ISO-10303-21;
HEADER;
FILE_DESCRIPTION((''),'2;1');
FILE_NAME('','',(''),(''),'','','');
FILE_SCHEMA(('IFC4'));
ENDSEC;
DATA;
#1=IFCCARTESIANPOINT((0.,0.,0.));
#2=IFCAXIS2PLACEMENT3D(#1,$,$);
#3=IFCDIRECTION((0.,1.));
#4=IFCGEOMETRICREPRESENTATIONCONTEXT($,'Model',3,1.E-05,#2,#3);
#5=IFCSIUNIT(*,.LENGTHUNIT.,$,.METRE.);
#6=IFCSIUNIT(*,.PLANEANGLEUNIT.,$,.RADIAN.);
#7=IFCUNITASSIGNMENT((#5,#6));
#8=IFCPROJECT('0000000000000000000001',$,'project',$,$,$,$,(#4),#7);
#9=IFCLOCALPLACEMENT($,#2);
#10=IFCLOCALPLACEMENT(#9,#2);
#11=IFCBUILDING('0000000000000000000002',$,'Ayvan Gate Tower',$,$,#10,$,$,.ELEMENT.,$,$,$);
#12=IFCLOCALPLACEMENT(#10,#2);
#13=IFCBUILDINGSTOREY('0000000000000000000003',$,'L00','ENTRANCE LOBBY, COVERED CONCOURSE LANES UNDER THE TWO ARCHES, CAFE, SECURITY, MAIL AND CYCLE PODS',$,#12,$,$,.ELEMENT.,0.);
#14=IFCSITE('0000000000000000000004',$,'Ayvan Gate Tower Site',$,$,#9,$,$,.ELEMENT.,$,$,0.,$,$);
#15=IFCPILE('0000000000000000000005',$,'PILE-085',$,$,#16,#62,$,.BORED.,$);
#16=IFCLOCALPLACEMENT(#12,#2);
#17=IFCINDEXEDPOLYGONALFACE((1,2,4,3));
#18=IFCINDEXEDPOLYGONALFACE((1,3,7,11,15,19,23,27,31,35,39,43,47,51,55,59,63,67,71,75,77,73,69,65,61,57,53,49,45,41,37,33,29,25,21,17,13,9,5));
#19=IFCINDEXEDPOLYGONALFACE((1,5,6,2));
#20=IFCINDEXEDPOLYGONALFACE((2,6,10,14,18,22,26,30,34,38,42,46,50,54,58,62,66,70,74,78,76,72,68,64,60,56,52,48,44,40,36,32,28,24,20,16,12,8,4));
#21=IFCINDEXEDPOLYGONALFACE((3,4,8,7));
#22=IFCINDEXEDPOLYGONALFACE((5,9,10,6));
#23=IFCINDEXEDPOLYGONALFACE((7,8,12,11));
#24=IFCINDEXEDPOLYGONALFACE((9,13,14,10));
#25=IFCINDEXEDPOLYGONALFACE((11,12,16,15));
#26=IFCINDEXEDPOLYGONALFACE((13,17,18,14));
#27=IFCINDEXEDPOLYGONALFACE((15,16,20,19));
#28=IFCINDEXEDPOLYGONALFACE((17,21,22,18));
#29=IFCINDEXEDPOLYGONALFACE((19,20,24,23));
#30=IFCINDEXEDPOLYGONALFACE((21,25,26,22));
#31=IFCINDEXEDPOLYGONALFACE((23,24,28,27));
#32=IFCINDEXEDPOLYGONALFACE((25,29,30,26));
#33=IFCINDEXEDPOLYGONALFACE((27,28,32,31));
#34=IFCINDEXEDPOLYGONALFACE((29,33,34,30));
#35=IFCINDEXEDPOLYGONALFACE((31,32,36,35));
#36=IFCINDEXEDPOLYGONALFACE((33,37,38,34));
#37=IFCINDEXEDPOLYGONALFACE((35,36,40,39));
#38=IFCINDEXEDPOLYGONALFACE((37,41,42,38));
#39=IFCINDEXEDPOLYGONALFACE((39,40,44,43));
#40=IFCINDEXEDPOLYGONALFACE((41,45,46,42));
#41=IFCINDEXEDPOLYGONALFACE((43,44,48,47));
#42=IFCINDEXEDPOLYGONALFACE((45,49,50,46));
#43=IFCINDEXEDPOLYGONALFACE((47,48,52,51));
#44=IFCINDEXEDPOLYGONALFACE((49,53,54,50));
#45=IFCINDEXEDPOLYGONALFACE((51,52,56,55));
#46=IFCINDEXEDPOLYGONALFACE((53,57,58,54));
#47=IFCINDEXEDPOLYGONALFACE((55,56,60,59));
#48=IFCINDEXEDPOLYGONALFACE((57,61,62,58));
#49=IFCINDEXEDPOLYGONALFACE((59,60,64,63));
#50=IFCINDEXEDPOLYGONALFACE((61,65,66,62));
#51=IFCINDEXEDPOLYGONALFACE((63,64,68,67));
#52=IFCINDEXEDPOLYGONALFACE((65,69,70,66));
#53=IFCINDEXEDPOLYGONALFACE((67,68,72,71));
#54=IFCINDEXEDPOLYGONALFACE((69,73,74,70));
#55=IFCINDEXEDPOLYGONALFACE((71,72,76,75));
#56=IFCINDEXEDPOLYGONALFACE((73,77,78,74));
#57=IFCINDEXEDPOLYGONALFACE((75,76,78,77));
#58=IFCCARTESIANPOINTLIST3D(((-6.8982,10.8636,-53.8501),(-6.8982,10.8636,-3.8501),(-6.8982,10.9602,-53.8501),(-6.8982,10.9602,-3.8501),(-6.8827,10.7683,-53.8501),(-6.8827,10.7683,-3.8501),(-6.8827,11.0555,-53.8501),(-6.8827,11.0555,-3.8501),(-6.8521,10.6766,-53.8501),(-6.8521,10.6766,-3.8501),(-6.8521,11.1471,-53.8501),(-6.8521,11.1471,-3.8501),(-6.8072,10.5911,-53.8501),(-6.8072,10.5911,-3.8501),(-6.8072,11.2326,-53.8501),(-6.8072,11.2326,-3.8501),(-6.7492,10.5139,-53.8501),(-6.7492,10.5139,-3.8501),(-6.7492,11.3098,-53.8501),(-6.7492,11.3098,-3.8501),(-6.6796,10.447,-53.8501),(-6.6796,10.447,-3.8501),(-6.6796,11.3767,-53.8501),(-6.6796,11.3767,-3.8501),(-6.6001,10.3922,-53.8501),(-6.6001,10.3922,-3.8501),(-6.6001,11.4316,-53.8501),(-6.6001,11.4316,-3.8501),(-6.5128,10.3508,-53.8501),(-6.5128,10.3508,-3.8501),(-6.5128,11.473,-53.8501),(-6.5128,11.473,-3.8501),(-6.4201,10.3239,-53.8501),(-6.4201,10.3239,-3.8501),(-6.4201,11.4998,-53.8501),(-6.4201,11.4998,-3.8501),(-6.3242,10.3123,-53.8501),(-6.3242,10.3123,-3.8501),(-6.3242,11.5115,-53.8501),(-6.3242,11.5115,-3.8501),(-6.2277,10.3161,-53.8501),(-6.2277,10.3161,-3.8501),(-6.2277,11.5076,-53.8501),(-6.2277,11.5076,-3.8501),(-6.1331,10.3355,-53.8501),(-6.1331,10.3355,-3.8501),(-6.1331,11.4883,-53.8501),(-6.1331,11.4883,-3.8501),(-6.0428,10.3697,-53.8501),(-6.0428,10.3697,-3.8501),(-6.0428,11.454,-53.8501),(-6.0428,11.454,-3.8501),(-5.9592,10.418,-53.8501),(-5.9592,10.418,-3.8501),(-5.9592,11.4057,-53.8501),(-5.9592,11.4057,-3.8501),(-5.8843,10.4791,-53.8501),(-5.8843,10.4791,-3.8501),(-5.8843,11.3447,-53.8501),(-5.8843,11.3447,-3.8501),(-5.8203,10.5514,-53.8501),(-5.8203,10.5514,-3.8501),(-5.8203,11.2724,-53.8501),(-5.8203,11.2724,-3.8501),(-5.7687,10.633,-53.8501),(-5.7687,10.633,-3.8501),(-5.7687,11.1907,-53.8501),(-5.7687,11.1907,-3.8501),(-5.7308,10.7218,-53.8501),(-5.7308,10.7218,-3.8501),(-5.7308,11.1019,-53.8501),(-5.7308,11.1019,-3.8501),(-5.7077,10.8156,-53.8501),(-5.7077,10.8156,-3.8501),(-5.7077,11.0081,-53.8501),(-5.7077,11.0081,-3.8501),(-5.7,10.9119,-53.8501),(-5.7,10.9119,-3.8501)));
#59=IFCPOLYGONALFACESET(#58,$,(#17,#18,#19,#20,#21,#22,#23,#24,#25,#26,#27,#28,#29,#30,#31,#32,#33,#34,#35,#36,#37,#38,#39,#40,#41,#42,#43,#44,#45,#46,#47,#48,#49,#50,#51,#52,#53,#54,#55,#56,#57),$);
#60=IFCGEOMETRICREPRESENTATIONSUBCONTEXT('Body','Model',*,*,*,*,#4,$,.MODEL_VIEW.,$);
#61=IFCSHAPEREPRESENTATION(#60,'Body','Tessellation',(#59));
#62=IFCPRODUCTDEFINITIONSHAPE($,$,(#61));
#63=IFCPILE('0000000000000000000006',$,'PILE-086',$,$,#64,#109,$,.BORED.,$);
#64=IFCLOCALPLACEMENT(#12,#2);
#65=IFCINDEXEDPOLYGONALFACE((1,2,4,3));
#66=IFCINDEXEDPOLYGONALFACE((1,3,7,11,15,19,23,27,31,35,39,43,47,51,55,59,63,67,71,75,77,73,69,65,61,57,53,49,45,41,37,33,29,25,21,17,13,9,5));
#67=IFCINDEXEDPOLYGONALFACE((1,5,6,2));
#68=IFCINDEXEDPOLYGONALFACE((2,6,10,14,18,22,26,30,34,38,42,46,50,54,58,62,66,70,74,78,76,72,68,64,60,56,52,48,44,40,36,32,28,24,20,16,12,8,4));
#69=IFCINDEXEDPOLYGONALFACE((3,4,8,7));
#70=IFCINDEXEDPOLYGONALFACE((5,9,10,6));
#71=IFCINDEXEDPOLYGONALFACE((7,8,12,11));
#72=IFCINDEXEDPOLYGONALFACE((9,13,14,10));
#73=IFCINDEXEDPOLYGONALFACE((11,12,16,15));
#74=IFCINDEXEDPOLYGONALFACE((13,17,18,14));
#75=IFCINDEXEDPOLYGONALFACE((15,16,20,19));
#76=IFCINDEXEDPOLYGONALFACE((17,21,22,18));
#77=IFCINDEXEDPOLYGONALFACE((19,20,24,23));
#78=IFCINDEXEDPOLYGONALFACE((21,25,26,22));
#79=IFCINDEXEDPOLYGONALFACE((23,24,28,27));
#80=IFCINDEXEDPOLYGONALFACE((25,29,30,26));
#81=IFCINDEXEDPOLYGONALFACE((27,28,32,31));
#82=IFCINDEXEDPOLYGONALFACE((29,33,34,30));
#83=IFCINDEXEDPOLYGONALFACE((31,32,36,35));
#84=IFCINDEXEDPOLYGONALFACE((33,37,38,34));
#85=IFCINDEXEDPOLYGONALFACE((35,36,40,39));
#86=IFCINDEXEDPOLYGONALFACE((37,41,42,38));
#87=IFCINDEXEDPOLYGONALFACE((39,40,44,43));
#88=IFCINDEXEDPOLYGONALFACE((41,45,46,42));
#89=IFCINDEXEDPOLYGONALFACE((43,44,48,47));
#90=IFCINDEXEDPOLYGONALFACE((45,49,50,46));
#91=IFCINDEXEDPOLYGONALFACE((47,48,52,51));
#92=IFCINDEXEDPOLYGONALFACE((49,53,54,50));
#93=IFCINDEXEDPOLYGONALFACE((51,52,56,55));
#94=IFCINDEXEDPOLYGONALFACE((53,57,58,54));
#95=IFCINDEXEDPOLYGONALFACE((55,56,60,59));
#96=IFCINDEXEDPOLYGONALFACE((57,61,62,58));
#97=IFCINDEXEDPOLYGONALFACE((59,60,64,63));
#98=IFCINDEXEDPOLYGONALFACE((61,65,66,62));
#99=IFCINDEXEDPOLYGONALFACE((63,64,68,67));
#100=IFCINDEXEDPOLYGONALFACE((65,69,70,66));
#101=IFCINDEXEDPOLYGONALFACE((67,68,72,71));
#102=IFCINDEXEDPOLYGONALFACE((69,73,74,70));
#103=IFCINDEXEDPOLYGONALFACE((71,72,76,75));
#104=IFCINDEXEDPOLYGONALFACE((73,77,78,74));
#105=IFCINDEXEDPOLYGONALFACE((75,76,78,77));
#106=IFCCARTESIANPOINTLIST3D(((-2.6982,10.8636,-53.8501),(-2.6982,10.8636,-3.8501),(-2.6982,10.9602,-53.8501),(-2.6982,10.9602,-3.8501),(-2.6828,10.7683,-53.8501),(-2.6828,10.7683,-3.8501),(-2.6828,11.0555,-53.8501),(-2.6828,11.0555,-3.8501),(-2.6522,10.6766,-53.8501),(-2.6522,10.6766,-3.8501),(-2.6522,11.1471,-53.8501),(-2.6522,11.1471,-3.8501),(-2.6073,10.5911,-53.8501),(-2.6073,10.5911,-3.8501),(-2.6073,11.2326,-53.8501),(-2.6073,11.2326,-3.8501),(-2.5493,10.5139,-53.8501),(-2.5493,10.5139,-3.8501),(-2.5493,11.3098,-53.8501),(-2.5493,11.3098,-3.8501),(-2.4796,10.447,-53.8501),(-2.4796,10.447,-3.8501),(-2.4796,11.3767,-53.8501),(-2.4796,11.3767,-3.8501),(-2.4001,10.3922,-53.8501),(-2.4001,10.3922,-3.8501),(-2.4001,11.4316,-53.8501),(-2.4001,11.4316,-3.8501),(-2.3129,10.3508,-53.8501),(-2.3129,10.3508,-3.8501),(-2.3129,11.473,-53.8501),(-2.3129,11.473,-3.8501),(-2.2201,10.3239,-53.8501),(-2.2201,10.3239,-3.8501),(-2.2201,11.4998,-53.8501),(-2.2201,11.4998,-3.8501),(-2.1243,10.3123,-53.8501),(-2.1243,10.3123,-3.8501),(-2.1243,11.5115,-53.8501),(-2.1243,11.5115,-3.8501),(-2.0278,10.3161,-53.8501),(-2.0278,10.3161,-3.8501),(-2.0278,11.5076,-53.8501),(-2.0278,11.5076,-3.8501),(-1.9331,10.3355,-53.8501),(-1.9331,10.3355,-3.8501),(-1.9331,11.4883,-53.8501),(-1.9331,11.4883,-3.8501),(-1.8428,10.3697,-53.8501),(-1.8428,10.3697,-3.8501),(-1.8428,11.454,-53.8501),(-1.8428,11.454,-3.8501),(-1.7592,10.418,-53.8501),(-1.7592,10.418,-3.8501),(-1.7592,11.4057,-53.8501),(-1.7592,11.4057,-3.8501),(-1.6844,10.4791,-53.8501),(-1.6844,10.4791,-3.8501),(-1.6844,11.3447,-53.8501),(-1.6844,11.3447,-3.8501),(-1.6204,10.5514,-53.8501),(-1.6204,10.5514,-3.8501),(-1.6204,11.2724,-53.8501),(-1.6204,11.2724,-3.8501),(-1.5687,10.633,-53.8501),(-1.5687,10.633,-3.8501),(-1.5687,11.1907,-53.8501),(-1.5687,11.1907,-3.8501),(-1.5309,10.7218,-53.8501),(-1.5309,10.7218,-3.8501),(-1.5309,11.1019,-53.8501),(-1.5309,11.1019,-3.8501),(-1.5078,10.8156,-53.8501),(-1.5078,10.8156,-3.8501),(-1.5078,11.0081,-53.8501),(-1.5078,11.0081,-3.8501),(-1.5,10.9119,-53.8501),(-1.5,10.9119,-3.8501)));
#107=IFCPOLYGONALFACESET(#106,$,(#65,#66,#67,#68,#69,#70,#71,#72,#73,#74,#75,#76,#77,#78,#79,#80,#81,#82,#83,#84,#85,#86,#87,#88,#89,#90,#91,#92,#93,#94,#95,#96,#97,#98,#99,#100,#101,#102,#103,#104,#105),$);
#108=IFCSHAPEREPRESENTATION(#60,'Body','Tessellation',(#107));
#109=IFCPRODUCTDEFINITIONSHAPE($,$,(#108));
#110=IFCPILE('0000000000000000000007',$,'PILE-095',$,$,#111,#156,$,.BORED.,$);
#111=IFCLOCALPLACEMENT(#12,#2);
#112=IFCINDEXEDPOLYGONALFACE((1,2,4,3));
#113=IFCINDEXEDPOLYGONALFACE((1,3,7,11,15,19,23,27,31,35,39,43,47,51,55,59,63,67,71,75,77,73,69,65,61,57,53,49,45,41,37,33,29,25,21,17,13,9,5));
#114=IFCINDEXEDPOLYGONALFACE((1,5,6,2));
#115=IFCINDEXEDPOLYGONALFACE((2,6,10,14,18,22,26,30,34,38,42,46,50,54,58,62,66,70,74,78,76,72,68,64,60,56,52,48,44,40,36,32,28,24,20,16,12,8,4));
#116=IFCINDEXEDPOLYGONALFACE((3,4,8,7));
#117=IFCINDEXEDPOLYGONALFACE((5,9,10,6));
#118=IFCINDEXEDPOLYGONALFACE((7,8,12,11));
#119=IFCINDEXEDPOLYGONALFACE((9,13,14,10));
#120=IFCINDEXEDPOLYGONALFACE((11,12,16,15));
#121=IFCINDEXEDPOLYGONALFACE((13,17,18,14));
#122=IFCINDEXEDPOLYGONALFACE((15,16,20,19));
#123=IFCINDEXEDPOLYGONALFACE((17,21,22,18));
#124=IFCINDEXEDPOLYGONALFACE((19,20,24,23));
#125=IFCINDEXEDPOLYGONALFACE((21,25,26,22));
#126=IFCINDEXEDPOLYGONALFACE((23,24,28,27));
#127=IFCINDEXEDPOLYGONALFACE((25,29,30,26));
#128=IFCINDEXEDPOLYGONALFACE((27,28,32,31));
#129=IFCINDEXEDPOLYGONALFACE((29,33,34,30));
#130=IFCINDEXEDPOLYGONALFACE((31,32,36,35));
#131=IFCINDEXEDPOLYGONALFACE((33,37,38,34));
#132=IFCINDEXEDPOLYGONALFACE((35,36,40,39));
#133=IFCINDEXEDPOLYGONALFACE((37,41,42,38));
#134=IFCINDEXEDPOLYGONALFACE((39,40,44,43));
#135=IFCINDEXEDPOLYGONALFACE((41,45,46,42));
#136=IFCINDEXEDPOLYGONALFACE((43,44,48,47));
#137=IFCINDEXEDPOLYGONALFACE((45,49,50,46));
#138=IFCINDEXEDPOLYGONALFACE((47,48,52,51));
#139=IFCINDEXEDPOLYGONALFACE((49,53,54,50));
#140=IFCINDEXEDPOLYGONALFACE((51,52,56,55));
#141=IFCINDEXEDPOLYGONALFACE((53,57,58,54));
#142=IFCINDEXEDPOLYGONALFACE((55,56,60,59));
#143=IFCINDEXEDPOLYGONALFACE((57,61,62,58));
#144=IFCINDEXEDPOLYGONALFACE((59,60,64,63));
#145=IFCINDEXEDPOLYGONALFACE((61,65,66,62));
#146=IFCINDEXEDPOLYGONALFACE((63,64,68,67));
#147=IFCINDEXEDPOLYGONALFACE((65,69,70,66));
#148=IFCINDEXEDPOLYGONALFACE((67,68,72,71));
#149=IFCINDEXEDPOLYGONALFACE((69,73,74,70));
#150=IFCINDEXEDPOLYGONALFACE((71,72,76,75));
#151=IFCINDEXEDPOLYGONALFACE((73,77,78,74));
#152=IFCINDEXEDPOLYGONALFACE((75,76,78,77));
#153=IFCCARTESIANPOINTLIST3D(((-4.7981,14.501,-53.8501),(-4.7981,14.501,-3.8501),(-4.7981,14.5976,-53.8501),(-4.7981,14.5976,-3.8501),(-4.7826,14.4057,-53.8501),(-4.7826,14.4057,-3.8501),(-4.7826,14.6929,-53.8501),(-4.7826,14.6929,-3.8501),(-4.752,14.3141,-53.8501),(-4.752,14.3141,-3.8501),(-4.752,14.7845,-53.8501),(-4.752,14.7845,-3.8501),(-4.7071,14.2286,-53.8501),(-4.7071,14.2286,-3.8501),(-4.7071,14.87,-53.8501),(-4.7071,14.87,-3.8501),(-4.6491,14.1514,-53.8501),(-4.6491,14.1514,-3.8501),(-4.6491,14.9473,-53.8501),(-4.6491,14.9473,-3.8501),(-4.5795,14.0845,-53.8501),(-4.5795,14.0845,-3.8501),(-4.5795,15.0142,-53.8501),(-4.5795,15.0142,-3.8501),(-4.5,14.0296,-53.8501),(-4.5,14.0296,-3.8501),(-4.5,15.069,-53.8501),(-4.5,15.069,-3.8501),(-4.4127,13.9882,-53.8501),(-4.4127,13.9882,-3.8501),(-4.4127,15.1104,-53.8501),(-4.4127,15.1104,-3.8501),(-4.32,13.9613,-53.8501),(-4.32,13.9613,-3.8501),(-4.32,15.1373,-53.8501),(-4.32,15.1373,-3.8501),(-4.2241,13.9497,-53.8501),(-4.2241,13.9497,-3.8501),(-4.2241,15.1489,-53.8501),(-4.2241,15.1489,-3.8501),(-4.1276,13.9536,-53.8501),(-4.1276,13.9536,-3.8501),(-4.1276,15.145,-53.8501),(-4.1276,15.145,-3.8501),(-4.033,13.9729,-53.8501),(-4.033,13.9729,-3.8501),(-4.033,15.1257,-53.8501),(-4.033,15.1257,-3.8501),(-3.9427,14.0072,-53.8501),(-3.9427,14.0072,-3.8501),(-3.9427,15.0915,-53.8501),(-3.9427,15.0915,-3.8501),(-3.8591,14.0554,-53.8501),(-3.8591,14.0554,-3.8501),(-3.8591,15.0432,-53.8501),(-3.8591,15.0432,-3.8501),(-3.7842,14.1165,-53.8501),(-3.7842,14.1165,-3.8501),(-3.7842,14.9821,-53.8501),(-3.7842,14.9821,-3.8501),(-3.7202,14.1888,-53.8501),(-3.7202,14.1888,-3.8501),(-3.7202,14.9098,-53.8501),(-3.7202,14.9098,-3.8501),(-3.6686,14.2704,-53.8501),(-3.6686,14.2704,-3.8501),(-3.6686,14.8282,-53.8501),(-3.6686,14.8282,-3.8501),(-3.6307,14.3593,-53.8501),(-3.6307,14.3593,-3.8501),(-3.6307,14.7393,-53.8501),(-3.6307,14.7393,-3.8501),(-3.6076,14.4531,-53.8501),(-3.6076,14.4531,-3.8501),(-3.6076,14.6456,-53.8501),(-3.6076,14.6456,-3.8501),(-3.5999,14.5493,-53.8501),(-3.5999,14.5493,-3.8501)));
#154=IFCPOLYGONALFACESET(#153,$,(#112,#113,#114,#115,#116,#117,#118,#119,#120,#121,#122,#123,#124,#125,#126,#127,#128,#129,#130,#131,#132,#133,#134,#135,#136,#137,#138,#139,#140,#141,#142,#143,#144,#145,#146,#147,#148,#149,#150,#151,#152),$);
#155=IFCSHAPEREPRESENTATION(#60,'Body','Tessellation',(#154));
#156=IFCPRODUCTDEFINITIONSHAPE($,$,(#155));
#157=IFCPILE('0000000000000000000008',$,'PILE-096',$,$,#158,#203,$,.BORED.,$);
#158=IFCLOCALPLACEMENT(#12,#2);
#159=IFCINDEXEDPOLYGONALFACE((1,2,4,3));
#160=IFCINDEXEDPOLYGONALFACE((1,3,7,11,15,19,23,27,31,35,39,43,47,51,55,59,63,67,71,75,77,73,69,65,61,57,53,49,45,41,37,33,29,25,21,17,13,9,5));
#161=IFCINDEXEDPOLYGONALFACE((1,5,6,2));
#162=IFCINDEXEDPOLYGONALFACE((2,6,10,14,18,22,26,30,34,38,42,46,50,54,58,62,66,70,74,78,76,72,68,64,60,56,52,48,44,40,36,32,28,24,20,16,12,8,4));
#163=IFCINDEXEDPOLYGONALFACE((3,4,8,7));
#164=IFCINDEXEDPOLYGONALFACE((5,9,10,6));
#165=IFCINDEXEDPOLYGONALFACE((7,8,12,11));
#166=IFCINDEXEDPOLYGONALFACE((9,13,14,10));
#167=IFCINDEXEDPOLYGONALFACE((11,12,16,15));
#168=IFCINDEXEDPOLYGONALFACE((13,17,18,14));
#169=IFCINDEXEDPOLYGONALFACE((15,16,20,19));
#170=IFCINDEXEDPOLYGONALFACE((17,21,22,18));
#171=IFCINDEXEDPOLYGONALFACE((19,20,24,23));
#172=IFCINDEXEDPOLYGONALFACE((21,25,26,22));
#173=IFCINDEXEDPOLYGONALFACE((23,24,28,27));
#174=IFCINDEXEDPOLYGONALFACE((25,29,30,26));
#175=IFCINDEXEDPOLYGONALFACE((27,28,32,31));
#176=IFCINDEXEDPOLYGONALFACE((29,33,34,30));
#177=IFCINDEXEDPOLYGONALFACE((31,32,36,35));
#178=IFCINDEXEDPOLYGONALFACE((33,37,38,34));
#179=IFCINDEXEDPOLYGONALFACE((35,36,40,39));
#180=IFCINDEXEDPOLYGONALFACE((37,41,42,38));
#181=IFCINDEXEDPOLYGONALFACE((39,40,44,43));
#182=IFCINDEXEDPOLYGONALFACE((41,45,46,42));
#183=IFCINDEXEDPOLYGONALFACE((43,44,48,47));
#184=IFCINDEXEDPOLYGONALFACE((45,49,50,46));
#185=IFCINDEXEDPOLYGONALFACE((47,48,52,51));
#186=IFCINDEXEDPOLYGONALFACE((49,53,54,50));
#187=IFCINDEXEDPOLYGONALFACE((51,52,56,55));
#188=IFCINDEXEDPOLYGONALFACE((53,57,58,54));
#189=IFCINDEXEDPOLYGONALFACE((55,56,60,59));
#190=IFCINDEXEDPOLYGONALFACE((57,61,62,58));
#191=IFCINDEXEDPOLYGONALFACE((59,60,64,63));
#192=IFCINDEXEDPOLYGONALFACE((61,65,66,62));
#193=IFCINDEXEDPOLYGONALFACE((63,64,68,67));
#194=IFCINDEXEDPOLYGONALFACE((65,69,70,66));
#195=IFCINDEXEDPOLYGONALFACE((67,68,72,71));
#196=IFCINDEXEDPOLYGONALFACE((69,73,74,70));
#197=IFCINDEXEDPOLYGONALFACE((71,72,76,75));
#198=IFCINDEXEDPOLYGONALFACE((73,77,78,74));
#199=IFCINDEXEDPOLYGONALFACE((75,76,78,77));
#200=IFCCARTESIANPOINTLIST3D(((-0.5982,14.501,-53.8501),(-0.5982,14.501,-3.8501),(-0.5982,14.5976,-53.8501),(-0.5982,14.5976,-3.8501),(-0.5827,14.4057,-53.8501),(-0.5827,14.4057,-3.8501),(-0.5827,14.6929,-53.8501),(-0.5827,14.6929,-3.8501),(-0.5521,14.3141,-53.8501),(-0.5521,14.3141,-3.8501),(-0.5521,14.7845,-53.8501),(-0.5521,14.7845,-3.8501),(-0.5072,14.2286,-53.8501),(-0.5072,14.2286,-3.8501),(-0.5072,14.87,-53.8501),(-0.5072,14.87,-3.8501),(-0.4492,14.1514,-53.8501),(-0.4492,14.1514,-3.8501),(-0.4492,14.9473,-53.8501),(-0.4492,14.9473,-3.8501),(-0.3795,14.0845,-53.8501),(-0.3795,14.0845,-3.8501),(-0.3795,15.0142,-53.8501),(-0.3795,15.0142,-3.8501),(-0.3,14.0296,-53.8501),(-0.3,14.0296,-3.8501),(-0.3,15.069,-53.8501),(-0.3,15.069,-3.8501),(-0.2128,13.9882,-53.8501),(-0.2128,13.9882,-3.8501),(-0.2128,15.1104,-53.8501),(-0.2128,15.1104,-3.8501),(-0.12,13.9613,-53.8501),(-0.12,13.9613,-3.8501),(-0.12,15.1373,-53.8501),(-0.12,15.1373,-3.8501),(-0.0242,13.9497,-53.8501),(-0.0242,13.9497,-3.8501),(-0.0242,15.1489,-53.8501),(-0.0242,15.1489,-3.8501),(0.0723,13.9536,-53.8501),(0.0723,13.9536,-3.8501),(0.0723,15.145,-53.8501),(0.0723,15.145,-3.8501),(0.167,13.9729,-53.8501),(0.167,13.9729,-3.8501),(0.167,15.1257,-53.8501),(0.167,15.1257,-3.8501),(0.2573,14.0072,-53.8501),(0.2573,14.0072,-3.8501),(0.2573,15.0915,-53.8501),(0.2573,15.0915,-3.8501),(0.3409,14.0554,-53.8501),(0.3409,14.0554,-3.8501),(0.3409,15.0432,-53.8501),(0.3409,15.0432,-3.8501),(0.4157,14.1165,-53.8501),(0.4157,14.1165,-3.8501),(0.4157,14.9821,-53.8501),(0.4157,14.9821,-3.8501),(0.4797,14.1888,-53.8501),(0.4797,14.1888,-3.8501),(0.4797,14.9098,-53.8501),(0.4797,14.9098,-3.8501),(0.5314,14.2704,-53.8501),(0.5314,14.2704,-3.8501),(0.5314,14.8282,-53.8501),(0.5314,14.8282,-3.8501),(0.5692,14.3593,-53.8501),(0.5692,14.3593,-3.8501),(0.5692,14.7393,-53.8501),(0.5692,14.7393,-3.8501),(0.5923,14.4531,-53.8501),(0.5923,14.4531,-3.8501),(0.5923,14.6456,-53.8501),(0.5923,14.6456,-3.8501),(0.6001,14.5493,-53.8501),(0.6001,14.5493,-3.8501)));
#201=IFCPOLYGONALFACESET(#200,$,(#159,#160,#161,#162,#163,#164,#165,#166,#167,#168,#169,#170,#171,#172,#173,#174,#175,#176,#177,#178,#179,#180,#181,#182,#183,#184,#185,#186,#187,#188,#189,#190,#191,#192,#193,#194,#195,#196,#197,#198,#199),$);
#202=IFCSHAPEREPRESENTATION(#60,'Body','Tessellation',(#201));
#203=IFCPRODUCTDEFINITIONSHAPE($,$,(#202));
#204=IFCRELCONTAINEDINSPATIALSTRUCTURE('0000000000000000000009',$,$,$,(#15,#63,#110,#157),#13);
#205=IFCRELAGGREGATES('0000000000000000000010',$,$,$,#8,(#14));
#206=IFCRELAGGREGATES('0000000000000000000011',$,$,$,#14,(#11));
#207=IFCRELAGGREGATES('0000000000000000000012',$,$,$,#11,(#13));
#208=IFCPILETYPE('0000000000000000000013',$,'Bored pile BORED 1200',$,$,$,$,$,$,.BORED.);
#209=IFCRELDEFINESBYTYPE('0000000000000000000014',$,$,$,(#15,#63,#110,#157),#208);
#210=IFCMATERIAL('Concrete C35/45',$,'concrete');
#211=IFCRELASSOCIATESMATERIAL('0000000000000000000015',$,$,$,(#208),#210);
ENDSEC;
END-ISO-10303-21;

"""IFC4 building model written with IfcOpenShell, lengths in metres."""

from ifc_helpers import new_model, si_unit, direction, frame, origin, origin_2d, place, context, subcontext, project, spatial, circle, extrude, material, material_profile, profile_set, type_object, element, save


model = new_model("IFC4")

# Units and contexts
model_context = context("Model", 3, precision=1e-05, world=origin(), true_north=direction((0.0, 1.0)))
body_context = subcontext(model_context, "Body", "Model", "MODEL_VIEW")
ifc_project = project(units=[si_unit("LENGTHUNIT", "METRE"), si_unit("PLANEANGLEUNIT", "RADIAN")], contexts=[model_context])

# Site, building, storey
site_placement = place(None, origin())
site = spatial("IfcSite", under=ifc_project, at=site_placement, Name="Ayvan Gate Tower Site", CompositionType="ELEMENT", RefElevation=0.0)
building_placement = place(site_placement, origin())
building = spatial("IfcBuilding", under=site, at=building_placement, Name="Ayvan Gate Tower", CompositionType="ELEMENT")
storey_placement = place(building_placement, origin())
storey = spatial("IfcBuildingStorey", under=building, at=storey_placement, Name="L00", Description="ENTRANCE LOBBY, COVERED CONCOURSE LANES UNDER THE TWO ARCHES, CAFE, SECURITY, MAIL AND CYCLE PODS", CompositionType="ELEMENT", Elevation=0.0)

# Piles
ifc_material_1 = material(Name="Concrete C35/45", Category="concrete")
ifc_material_profile_1 = material_profile(ifc_material_1, circle(Radius=0.6001, at=origin_2d()), Name="BORED 1200")
ifc_profile_set_1 = profile_set([ifc_material_profile_1], Name="Concrete C35/45")
pile_type = type_object("IfcPileType", Name="Bored pile BORED 1200", PredefinedType="BORED", material=ifc_profile_set_1)
for number, where, z_axis, x_axis, name in (
    (1, (-6.3, 10.9119, -3.8501), (0.0, 0.0, -1.0), (1.0, 0.0, 0.0), "PILE-085"),
    (2, (-2.1001, 10.9119, -3.8501), (0.0, 0.0, -1.0), (1.0, 0.0, 0.0), "PILE-086"),
    (3, (-4.2, 14.5493, -3.8501), (0.0, 0.0, -1.0), (1.0, 0.0, 0.0), "PILE-095"),
    (4, (0.0, 14.5493, -3.8501), (0.0, 0.0, -1.0), (1.0, 0.0, 0.0), "PILE-096"),
):
    element("IfcPile", number, at=place(storey_placement, frame(where, z_axis=z_axis, x_axis=x_axis)), inside=storey, type_object=pile_type, Name=name, PredefinedType="BORED", context=body_context, shape_type="SweptSolid", body=[
        extrude(circle(Radius=0.6001, at=origin_2d()), origin(), (0.0, 0.0, 1.0), 50.0),
    ])

save(model, "model.ifc")
